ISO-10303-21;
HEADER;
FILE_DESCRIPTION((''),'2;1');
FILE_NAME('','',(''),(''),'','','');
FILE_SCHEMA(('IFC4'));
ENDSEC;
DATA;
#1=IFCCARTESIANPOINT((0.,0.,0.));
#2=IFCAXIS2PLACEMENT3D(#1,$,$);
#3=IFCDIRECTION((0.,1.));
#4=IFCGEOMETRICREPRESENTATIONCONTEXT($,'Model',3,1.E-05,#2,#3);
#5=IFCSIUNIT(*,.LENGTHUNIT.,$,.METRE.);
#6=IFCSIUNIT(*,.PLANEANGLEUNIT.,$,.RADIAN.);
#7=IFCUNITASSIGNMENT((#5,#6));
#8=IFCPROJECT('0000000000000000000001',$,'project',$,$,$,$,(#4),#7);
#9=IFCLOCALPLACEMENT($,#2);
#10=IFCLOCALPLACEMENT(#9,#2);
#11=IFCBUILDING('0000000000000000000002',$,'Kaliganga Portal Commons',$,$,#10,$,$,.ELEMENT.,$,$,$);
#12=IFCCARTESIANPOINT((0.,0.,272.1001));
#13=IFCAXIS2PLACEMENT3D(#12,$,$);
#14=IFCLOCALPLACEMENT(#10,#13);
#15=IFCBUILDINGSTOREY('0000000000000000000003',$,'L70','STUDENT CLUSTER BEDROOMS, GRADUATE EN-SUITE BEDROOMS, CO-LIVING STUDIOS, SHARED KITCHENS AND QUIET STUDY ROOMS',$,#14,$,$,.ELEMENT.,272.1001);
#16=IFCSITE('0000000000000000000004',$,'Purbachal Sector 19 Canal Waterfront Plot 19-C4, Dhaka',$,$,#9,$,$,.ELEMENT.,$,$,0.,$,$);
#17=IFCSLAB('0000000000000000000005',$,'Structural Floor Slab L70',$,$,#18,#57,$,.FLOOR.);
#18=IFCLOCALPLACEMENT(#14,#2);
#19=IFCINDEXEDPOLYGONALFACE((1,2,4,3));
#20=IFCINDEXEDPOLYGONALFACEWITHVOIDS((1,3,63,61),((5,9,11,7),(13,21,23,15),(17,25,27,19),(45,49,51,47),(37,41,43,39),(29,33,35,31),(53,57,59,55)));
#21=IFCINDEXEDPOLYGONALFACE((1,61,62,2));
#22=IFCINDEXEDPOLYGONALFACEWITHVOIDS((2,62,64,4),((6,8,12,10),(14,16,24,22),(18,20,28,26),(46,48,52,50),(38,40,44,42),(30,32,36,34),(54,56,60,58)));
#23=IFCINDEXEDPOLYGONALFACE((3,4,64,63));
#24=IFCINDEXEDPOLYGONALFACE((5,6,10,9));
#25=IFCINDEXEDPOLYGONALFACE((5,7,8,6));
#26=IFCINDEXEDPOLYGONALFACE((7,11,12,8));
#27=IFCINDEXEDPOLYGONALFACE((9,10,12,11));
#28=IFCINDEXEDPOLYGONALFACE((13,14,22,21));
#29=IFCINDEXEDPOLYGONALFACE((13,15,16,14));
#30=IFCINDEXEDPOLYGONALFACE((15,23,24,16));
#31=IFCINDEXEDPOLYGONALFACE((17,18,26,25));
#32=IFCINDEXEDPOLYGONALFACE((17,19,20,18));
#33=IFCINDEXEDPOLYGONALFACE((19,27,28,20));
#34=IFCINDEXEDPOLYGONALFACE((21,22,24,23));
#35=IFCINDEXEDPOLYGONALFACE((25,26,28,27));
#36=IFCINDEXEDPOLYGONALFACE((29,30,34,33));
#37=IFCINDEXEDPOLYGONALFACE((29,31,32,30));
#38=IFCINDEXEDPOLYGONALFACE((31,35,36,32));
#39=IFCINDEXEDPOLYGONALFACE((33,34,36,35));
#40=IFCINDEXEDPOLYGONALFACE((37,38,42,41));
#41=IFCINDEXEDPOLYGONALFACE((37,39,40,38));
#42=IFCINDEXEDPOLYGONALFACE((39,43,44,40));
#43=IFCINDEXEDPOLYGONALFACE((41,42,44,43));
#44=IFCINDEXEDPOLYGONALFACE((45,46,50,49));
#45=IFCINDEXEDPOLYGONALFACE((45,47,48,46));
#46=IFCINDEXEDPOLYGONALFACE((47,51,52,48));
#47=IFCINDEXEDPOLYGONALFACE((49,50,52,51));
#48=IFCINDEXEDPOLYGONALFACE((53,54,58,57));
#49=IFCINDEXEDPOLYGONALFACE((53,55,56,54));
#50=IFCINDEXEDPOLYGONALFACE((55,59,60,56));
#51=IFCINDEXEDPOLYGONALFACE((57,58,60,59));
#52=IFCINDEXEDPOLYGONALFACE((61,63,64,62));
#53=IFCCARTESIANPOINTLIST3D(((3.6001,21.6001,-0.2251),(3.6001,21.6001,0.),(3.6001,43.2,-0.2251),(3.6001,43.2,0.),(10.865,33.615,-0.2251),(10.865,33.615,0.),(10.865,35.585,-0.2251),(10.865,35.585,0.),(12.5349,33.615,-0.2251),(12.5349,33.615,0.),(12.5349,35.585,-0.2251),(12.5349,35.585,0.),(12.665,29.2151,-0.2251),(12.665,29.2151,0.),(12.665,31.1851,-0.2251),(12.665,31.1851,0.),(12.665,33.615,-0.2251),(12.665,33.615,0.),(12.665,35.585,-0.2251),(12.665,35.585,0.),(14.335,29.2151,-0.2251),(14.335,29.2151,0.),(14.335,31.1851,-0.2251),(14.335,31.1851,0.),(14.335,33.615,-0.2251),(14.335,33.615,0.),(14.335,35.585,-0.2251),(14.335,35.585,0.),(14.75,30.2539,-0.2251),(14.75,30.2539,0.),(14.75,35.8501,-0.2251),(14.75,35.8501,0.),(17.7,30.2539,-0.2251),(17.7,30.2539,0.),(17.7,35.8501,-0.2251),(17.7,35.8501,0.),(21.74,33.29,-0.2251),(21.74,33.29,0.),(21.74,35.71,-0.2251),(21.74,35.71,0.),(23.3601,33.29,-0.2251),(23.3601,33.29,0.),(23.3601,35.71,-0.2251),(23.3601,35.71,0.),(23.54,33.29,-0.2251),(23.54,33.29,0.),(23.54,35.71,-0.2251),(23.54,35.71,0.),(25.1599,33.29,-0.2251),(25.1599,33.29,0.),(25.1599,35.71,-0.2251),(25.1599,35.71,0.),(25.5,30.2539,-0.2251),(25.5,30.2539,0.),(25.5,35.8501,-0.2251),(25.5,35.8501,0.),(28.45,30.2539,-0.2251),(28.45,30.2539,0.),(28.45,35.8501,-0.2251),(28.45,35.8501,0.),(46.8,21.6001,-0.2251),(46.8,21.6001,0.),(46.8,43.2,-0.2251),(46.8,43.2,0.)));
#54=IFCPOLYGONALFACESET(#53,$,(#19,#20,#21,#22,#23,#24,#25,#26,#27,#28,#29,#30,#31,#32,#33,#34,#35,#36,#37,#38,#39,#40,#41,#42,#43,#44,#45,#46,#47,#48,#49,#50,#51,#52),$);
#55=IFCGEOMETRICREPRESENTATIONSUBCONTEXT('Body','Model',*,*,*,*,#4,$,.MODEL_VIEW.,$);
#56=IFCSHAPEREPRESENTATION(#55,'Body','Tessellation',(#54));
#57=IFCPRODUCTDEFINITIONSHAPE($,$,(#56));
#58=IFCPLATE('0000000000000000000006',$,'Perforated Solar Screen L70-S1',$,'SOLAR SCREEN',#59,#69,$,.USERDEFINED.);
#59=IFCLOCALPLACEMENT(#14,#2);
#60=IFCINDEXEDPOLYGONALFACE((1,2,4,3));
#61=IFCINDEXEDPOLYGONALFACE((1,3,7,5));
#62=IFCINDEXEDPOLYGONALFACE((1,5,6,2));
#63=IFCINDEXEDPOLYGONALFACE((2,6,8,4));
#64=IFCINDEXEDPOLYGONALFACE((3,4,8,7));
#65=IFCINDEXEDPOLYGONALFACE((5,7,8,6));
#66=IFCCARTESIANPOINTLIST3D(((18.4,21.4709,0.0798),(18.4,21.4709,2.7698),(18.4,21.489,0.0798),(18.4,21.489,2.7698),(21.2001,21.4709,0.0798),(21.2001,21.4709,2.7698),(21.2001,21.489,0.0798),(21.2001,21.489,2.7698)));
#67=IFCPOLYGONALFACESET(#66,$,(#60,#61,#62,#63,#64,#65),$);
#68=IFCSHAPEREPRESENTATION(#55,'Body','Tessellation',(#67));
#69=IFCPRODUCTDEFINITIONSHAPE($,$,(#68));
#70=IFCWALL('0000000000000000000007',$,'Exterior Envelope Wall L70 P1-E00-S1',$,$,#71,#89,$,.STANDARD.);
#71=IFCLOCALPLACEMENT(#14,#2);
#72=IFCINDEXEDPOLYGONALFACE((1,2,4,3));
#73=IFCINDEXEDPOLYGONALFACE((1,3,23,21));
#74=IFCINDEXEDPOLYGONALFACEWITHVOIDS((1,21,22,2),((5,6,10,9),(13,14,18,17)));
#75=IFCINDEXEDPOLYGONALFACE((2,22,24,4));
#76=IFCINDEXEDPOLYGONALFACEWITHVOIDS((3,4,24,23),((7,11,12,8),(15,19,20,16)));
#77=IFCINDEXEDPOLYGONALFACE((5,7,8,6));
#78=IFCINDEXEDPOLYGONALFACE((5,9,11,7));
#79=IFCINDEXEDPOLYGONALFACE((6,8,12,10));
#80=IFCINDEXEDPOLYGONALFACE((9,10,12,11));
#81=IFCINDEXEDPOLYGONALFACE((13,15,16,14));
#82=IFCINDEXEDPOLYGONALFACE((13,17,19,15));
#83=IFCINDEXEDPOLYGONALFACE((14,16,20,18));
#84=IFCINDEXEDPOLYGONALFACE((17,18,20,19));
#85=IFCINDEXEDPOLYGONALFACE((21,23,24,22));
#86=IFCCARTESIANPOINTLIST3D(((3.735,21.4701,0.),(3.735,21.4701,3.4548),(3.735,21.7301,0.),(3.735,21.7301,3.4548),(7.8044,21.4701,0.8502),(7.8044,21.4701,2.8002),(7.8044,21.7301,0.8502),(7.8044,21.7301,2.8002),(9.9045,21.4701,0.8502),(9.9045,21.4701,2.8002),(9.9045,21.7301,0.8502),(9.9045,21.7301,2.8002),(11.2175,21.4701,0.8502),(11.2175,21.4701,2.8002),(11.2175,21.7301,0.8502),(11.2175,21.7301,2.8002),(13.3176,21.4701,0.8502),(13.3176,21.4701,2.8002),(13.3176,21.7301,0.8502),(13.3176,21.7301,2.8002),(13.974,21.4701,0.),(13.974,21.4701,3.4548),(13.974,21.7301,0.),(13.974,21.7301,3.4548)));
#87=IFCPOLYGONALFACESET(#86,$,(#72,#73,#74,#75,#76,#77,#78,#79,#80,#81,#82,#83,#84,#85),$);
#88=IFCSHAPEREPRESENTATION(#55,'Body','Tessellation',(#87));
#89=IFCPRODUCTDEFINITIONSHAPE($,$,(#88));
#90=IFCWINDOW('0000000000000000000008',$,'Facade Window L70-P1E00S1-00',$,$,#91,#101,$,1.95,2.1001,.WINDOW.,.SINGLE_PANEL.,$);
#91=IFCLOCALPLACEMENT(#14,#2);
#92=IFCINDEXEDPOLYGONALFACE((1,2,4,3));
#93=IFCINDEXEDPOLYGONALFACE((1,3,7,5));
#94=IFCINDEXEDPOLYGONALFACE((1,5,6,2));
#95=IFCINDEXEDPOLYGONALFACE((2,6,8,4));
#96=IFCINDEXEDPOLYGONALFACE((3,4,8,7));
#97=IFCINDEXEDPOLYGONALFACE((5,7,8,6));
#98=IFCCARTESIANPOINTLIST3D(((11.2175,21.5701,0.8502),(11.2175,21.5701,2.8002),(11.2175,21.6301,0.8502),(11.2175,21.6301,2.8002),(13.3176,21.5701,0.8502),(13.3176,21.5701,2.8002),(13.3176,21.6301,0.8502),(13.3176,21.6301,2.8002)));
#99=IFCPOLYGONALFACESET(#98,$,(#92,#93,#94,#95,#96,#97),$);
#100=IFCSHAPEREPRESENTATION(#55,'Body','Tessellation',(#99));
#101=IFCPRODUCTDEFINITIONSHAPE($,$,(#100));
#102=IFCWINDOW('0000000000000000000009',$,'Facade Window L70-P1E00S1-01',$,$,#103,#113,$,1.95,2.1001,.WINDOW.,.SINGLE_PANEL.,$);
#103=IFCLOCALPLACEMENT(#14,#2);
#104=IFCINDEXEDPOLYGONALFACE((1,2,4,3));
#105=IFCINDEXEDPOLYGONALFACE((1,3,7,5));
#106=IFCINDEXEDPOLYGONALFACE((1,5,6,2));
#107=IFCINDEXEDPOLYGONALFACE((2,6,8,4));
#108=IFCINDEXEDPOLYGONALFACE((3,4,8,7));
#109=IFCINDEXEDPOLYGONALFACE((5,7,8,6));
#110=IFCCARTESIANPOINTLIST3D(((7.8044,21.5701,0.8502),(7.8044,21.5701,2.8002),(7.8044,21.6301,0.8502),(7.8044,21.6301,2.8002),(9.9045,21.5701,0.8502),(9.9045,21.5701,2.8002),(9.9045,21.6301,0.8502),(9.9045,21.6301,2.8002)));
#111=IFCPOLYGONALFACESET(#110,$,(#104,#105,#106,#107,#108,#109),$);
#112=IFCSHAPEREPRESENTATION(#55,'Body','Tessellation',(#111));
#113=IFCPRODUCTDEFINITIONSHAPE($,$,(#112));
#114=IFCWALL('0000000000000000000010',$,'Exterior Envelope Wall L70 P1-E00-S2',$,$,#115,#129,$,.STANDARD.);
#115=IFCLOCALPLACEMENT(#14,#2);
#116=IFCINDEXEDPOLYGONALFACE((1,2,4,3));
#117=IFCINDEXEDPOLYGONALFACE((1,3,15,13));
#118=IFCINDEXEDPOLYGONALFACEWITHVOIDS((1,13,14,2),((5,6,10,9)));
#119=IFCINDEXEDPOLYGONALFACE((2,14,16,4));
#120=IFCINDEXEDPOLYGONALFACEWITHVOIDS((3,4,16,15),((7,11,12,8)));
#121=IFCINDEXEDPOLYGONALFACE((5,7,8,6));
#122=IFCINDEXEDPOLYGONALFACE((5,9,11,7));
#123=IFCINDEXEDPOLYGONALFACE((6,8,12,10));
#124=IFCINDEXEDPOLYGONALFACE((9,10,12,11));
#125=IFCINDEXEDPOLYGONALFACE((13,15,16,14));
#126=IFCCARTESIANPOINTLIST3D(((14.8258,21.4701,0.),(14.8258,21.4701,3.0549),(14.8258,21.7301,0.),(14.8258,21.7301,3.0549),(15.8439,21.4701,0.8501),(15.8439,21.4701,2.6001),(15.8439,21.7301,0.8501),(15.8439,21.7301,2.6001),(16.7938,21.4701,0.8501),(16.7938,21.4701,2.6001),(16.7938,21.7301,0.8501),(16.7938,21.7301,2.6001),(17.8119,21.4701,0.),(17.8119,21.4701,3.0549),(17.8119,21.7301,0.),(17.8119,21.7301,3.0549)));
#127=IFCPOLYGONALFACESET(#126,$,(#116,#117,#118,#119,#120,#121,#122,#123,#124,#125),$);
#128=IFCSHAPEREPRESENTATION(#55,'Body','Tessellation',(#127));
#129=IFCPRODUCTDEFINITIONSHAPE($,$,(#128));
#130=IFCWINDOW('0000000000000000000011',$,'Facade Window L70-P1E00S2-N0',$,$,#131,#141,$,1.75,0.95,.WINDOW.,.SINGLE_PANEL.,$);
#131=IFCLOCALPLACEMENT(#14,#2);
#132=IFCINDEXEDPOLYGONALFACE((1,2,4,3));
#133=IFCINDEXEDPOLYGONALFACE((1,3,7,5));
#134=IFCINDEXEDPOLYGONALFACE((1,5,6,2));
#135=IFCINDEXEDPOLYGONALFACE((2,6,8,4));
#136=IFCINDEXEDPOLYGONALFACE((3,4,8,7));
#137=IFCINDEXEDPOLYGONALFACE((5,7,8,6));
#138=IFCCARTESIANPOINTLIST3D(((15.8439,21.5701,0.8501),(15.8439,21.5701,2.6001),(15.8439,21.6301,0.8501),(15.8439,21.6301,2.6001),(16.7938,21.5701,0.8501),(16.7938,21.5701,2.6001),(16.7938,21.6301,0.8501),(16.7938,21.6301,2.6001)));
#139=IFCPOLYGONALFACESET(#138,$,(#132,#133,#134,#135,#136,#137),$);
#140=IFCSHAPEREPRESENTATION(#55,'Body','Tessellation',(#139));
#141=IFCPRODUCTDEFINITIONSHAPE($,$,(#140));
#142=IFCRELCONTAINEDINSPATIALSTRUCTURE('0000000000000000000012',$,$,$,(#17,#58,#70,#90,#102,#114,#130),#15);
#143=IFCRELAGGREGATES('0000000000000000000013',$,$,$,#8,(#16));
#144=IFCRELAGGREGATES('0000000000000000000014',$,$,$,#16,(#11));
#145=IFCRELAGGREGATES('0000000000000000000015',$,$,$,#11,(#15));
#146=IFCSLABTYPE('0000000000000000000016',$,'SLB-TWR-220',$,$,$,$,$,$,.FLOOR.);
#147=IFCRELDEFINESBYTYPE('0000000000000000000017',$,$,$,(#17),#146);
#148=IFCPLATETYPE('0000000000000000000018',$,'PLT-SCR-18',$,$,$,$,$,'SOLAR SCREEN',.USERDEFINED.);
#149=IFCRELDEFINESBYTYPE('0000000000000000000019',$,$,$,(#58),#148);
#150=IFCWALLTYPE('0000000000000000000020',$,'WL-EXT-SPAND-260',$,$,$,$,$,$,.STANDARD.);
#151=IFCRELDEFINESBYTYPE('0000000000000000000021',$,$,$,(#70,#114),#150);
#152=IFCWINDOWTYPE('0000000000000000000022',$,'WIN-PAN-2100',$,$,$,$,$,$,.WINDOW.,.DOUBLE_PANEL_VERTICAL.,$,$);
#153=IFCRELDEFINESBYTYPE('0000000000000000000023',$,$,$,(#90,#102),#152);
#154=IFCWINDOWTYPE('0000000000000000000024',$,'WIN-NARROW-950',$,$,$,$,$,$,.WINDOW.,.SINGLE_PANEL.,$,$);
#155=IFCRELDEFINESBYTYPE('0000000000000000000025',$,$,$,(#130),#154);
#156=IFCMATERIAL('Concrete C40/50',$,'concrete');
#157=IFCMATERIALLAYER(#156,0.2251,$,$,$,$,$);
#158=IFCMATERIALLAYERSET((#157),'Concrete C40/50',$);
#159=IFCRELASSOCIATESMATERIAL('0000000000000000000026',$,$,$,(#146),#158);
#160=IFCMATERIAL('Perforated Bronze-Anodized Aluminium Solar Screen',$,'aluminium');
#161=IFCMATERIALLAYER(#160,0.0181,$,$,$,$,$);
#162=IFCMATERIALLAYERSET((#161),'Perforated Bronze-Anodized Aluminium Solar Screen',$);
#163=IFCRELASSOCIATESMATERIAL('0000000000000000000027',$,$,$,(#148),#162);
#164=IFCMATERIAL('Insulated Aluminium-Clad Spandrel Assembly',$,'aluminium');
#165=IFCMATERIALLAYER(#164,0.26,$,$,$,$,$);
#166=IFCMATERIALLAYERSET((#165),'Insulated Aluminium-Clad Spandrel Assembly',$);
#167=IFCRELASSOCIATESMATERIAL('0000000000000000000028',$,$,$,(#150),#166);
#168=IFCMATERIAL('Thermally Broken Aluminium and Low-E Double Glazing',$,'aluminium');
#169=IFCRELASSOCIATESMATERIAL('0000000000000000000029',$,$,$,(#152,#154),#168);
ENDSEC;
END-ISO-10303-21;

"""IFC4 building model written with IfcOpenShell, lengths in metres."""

from ifc_helpers import new_model, si_unit, direction, frame, frame_2d, origin, origin_2d, place, context, subcontext, project, spatial, polyline, rectangle, outline, extrude, source, transform, mapped, material, layer, layer_set, type_object, element, fill, save


model = new_model("IFC4")

# Units and contexts
model_context = context("Model", 3, precision=1e-05, world=origin(), true_north=direction((0.0, 1.0)))
body_context = subcontext(model_context, "Body", "Model", "MODEL_VIEW")
ifc_project = project(units=[si_unit("LENGTHUNIT", "METRE"), si_unit("PLANEANGLEUNIT", "RADIAN")], contexts=[model_context])

# Site, building, storey
site_placement = place(None, origin())
site = spatial("IfcSite", under=ifc_project, at=site_placement, Name="Purbachal Sector 19 Canal Waterfront Plot 19-C4, Dhaka", CompositionType="ELEMENT", RefElevation=0.0)
building_placement = place(site_placement, origin())
building = spatial("IfcBuilding", under=site, at=building_placement, Name="Kaliganga Portal Commons", CompositionType="ELEMENT")
storey_placement = place(building_placement, frame((0.0, 0.0, 272.1001)))
storey = spatial("IfcBuildingStorey", under=building, at=storey_placement, Name="L70", Description="STUDENT CLUSTER BEDROOMS, GRADUATE EN-SUITE BEDROOMS, CO-LIVING STUDIOS, SHARED KITCHENS AND QUIET STUDY ROOMS", CompositionType="ELEMENT", Elevation=272.1001)

# Shared definitions
ifc_material_1 = material(Name="Concrete C40/50", Category="concrete")

# Slab
ifc_layer_1 = layer(ifc_material_1, 0.2251)
ifc_layer_set_1 = layer_set([ifc_layer_1], Name="Concrete C40/50")
slab_type_1 = type_object("IfcSlabType", Name="SLB-TWR-220", PredefinedType="FLOOR", material=ifc_layer_set_1)
slab_1_placement = place(storey_placement, frame((0.0, 0.0, -0.2251)))
element("IfcSlab", 1, at=slab_1_placement, inside=storey, type_object=slab_type_1, Name="Structural Floor Slab L70", PredefinedType="FLOOR", context=body_context, shape_type="SweptSolid", body=[
    extrude(outline(polyline([(3.6001, 21.6001), (46.8, 21.6001), (46.8, 43.2), (3.6001, 43.2), (3.6001, 21.6001)]), holes=[polyline([(14.75, 30.2539), (14.75, 35.8501), (17.7, 35.8501), (17.7, 30.2539), (14.75, 30.2539)]), polyline([(25.5, 30.2539), (25.5, 35.8501), (28.45, 35.8501), (28.45, 30.2539), (25.5, 30.2539)]), polyline([(12.665, 33.615), (12.665, 35.585), (14.335, 35.585), (14.335, 33.615), (12.665, 33.615)]), polyline([(12.665, 29.2151), (12.665, 31.1851), (14.335, 31.1851), (14.335, 29.2151), (12.665, 29.2151)]), polyline([(10.865, 33.615), (10.865, 35.585), (12.5349, 35.585), (12.5349, 33.615), (10.865, 33.615)]), polyline([(21.74, 33.29), (21.74, 35.71), (23.3601, 35.71), (23.3601, 33.29), (21.74, 33.29)]), polyline([(23.54, 33.29), (23.54, 35.71), (25.1599, 35.71), (25.1599, 33.29), (23.54, 33.29)])]), origin(), (0.0, 0.0, 1.0), 0.2251),
])

# Plate
ifc_material_2 = material(Name="Perforated Bronze-Anodized Aluminium Solar Screen", Category="aluminium")
ifc_layer_2 = layer(ifc_material_2, 0.0181)
ifc_layer_set_2 = layer_set([ifc_layer_2], Name="Perforated Bronze-Anodized Aluminium Solar Screen")
plate_type = type_object("IfcPlateType", Name="PLT-SCR-18", ElementType="SOLAR SCREEN", PredefinedType="USERDEFINED", material=ifc_layer_set_2)
shared_shape_1 = source(origin(), body_context, "Body", "SweptSolid", [
    extrude(rectangle(XDim=2.8, YDim=0.0181, at=origin_2d()), origin(), (0.0, 0.0, 1.0), 2.6899),
])
plate_placement = place(storey_placement, frame((19.8, 21.48, 0.0798), z_axis=(0.0, 0.0, 1.0), x_axis=(1.0, 0.0, 0.0)))
element("IfcPlate", 2, at=plate_placement, inside=storey, type_object=plate_type, Name="Perforated Solar Screen L70-S1", ObjectType="SOLAR SCREEN", PredefinedType="USERDEFINED", context=body_context, shape_type="MappedRepresentation", body=[
    mapped(shared_shape_1, transform((0.0, 0.0, 0.0), x_axis=(1.0, 0.0, 0.0), y_axis=(0.0, 1.0, 0.0), z_axis=(0.0, 0.0, 1.0), scale=1.0)),
])

# Wall, openings, windows
ifc_material_3 = material(Name="Insulated Aluminium-Clad Spandrel Assembly", Category="aluminium")
ifc_layer_3 = layer(ifc_material_3, 0.26)
ifc_layer_set_3 = layer_set([ifc_layer_3], Name="Insulated Aluminium-Clad Spandrel Assembly")
wall_type = type_object("IfcWallType", Name="WL-EXT-SPAND-260", PredefinedType="STANDARD", material=ifc_layer_set_3)
wall_1_placement = place(storey_placement, frame((13.9741, 21.6001, 0.0), z_axis=(0.0, 0.0, 1.0), x_axis=(-1.0, 0.0, 0.0)))
wall_1 = element("IfcWall", 3, at=wall_1_placement, inside=storey, type_object=wall_type, Name="Exterior Envelope Wall L70 P1-E00-S1", PredefinedType="STANDARD", context=body_context, shape_type="SweptSolid", body=[
    extrude(rectangle(XDim=10.239, YDim=0.26, at=frame_2d((5.1196, 0.0))), origin(), (0.0, 0.0, 1.0), 3.4548),
])
opening_1_placement = place(wall_1_placement, frame((0.6565, 0.0, 0.8501)))
opening_1 = element("IfcOpeningElement", 4, at=opening_1_placement, cuts=wall_1, PredefinedType="OPENING", context=body_context, shape_type="SweptSolid", body=[
    extrude(rectangle(XDim=2.1001, YDim=1.95, at=frame_2d((1.05, 0.9751))), frame((0.0, 0.1401, 0.0), z_axis=(0.0, -1.0, 0.0), x_axis=(1.0, 0.0, 0.0)), (0.0, 0.0, 1.0), 0.28),
])
opening_2_placement = place(wall_1_placement, frame((4.0696, 0.0, 0.8501)))
opening_2 = element("IfcOpeningElement", 5, at=opening_2_placement, cuts=wall_1, PredefinedType="OPENING", context=body_context, shape_type="SweptSolid", body=[
    extrude(rectangle(XDim=2.1001, YDim=1.95, at=frame_2d((1.05, 0.9751))), frame((0.0, 0.1401, 0.0), z_axis=(0.0, -1.0, 0.0), x_axis=(1.0, 0.0, 0.0)), (0.0, 0.0, 1.0), 0.28),
])
ifc_material_4 = material(Name="Thermally Broken Aluminium and Low-E Double Glazing", Category="aluminium")
window_type_1 = type_object("IfcWindowType", Name="WIN-PAN-2100", PartitioningType="DOUBLE_PANEL_VERTICAL", PredefinedType="WINDOW", material=ifc_material_4)
window_1_placement = place(opening_1_placement, origin())
window_1 = element("IfcWindow", 6, at=window_1_placement, inside=storey, type_object=window_type_1, Name="Facade Window L70-P1E00S1-00", OverallHeight=1.95, OverallWidth=2.1001, PartitioningType="SINGLE_PANEL", PredefinedType="WINDOW", context=body_context, shape_type="SweptSolid", body=[
    extrude(rectangle(XDim=2.1001, YDim=1.95, at=frame_2d((1.05, 0.9751))), frame((0.0, 0.03, 0.0), z_axis=(0.0, -1.0, 0.0), x_axis=(1.0, 0.0, 0.0)), (0.0, 0.0, 1.0), 0.0601),
])
fill(opening_1, window_1)
window_2_placement = place(opening_2_placement, origin())
window_2 = element("IfcWindow", 7, at=window_2_placement, inside=storey, type_object=window_type_1, Name="Facade Window L70-P1E00S1-01", OverallHeight=1.95, OverallWidth=2.1001, PartitioningType="SINGLE_PANEL", PredefinedType="WINDOW", context=body_context, shape_type="SweptSolid", body=[
    extrude(rectangle(XDim=2.1001, YDim=1.95, at=frame_2d((1.05, 0.9751))), frame((0.0, 0.03, 0.0), z_axis=(0.0, -1.0, 0.0), x_axis=(1.0, 0.0, 0.0)), (0.0, 0.0, 1.0), 0.0601),
])
fill(opening_2, window_2)

# Wall, opening, window
wall_2_placement = place(storey_placement, frame((17.812, 21.6001, 0.0), z_axis=(0.0, 0.0, 1.0), x_axis=(-1.0, 0.0, 0.0)))
wall_2 = element("IfcWall", 8, at=wall_2_placement, inside=storey, type_object=wall_type, Name="Exterior Envelope Wall L70 P1-E00-S2", PredefinedType="STANDARD", context=body_context, shape_type="SweptSolid", body=[
    extrude(rectangle(XDim=2.9861, YDim=0.26, at=frame_2d((1.4932, 0.0))), origin(), (0.0, 0.0, 1.0), 3.0549),
])
opening_3_placement = place(wall_2_placement, frame((1.0181, 0.0, 0.8501)))
opening_3 = element("IfcOpeningElement", 9, at=opening_3_placement, cuts=wall_2, PredefinedType="OPENING", context=body_context, shape_type="SweptSolid", body=[
    extrude(rectangle(XDim=0.95, YDim=1.75, at=frame_2d((0.4751, 0.875))), frame((0.0, 0.1401, 0.0), z_axis=(0.0, -1.0, 0.0), x_axis=(1.0, 0.0, 0.0)), (0.0, 0.0, 1.0), 0.28),
])
window_type_2 = type_object("IfcWindowType", Name="WIN-NARROW-950", PartitioningType="SINGLE_PANEL", PredefinedType="WINDOW", material=ifc_material_4)
window_3_placement = place(opening_3_placement, origin())
window_3 = element("IfcWindow", 10, at=window_3_placement, inside=storey, type_object=window_type_2, Name="Facade Window L70-P1E00S2-N0", OverallHeight=1.75, OverallWidth=0.95, PartitioningType="SINGLE_PANEL", PredefinedType="WINDOW", context=body_context, shape_type="SweptSolid", body=[
    extrude(rectangle(XDim=0.95, YDim=1.75, at=frame_2d((0.4751, 0.875))), frame((0.0, 0.03, 0.0), z_axis=(0.0, -1.0, 0.0), x_axis=(1.0, 0.0, 0.0)), (0.0, 0.0, 1.0), 0.0601),
])
fill(opening_3, window_3)

save(model, "model.ifc")
